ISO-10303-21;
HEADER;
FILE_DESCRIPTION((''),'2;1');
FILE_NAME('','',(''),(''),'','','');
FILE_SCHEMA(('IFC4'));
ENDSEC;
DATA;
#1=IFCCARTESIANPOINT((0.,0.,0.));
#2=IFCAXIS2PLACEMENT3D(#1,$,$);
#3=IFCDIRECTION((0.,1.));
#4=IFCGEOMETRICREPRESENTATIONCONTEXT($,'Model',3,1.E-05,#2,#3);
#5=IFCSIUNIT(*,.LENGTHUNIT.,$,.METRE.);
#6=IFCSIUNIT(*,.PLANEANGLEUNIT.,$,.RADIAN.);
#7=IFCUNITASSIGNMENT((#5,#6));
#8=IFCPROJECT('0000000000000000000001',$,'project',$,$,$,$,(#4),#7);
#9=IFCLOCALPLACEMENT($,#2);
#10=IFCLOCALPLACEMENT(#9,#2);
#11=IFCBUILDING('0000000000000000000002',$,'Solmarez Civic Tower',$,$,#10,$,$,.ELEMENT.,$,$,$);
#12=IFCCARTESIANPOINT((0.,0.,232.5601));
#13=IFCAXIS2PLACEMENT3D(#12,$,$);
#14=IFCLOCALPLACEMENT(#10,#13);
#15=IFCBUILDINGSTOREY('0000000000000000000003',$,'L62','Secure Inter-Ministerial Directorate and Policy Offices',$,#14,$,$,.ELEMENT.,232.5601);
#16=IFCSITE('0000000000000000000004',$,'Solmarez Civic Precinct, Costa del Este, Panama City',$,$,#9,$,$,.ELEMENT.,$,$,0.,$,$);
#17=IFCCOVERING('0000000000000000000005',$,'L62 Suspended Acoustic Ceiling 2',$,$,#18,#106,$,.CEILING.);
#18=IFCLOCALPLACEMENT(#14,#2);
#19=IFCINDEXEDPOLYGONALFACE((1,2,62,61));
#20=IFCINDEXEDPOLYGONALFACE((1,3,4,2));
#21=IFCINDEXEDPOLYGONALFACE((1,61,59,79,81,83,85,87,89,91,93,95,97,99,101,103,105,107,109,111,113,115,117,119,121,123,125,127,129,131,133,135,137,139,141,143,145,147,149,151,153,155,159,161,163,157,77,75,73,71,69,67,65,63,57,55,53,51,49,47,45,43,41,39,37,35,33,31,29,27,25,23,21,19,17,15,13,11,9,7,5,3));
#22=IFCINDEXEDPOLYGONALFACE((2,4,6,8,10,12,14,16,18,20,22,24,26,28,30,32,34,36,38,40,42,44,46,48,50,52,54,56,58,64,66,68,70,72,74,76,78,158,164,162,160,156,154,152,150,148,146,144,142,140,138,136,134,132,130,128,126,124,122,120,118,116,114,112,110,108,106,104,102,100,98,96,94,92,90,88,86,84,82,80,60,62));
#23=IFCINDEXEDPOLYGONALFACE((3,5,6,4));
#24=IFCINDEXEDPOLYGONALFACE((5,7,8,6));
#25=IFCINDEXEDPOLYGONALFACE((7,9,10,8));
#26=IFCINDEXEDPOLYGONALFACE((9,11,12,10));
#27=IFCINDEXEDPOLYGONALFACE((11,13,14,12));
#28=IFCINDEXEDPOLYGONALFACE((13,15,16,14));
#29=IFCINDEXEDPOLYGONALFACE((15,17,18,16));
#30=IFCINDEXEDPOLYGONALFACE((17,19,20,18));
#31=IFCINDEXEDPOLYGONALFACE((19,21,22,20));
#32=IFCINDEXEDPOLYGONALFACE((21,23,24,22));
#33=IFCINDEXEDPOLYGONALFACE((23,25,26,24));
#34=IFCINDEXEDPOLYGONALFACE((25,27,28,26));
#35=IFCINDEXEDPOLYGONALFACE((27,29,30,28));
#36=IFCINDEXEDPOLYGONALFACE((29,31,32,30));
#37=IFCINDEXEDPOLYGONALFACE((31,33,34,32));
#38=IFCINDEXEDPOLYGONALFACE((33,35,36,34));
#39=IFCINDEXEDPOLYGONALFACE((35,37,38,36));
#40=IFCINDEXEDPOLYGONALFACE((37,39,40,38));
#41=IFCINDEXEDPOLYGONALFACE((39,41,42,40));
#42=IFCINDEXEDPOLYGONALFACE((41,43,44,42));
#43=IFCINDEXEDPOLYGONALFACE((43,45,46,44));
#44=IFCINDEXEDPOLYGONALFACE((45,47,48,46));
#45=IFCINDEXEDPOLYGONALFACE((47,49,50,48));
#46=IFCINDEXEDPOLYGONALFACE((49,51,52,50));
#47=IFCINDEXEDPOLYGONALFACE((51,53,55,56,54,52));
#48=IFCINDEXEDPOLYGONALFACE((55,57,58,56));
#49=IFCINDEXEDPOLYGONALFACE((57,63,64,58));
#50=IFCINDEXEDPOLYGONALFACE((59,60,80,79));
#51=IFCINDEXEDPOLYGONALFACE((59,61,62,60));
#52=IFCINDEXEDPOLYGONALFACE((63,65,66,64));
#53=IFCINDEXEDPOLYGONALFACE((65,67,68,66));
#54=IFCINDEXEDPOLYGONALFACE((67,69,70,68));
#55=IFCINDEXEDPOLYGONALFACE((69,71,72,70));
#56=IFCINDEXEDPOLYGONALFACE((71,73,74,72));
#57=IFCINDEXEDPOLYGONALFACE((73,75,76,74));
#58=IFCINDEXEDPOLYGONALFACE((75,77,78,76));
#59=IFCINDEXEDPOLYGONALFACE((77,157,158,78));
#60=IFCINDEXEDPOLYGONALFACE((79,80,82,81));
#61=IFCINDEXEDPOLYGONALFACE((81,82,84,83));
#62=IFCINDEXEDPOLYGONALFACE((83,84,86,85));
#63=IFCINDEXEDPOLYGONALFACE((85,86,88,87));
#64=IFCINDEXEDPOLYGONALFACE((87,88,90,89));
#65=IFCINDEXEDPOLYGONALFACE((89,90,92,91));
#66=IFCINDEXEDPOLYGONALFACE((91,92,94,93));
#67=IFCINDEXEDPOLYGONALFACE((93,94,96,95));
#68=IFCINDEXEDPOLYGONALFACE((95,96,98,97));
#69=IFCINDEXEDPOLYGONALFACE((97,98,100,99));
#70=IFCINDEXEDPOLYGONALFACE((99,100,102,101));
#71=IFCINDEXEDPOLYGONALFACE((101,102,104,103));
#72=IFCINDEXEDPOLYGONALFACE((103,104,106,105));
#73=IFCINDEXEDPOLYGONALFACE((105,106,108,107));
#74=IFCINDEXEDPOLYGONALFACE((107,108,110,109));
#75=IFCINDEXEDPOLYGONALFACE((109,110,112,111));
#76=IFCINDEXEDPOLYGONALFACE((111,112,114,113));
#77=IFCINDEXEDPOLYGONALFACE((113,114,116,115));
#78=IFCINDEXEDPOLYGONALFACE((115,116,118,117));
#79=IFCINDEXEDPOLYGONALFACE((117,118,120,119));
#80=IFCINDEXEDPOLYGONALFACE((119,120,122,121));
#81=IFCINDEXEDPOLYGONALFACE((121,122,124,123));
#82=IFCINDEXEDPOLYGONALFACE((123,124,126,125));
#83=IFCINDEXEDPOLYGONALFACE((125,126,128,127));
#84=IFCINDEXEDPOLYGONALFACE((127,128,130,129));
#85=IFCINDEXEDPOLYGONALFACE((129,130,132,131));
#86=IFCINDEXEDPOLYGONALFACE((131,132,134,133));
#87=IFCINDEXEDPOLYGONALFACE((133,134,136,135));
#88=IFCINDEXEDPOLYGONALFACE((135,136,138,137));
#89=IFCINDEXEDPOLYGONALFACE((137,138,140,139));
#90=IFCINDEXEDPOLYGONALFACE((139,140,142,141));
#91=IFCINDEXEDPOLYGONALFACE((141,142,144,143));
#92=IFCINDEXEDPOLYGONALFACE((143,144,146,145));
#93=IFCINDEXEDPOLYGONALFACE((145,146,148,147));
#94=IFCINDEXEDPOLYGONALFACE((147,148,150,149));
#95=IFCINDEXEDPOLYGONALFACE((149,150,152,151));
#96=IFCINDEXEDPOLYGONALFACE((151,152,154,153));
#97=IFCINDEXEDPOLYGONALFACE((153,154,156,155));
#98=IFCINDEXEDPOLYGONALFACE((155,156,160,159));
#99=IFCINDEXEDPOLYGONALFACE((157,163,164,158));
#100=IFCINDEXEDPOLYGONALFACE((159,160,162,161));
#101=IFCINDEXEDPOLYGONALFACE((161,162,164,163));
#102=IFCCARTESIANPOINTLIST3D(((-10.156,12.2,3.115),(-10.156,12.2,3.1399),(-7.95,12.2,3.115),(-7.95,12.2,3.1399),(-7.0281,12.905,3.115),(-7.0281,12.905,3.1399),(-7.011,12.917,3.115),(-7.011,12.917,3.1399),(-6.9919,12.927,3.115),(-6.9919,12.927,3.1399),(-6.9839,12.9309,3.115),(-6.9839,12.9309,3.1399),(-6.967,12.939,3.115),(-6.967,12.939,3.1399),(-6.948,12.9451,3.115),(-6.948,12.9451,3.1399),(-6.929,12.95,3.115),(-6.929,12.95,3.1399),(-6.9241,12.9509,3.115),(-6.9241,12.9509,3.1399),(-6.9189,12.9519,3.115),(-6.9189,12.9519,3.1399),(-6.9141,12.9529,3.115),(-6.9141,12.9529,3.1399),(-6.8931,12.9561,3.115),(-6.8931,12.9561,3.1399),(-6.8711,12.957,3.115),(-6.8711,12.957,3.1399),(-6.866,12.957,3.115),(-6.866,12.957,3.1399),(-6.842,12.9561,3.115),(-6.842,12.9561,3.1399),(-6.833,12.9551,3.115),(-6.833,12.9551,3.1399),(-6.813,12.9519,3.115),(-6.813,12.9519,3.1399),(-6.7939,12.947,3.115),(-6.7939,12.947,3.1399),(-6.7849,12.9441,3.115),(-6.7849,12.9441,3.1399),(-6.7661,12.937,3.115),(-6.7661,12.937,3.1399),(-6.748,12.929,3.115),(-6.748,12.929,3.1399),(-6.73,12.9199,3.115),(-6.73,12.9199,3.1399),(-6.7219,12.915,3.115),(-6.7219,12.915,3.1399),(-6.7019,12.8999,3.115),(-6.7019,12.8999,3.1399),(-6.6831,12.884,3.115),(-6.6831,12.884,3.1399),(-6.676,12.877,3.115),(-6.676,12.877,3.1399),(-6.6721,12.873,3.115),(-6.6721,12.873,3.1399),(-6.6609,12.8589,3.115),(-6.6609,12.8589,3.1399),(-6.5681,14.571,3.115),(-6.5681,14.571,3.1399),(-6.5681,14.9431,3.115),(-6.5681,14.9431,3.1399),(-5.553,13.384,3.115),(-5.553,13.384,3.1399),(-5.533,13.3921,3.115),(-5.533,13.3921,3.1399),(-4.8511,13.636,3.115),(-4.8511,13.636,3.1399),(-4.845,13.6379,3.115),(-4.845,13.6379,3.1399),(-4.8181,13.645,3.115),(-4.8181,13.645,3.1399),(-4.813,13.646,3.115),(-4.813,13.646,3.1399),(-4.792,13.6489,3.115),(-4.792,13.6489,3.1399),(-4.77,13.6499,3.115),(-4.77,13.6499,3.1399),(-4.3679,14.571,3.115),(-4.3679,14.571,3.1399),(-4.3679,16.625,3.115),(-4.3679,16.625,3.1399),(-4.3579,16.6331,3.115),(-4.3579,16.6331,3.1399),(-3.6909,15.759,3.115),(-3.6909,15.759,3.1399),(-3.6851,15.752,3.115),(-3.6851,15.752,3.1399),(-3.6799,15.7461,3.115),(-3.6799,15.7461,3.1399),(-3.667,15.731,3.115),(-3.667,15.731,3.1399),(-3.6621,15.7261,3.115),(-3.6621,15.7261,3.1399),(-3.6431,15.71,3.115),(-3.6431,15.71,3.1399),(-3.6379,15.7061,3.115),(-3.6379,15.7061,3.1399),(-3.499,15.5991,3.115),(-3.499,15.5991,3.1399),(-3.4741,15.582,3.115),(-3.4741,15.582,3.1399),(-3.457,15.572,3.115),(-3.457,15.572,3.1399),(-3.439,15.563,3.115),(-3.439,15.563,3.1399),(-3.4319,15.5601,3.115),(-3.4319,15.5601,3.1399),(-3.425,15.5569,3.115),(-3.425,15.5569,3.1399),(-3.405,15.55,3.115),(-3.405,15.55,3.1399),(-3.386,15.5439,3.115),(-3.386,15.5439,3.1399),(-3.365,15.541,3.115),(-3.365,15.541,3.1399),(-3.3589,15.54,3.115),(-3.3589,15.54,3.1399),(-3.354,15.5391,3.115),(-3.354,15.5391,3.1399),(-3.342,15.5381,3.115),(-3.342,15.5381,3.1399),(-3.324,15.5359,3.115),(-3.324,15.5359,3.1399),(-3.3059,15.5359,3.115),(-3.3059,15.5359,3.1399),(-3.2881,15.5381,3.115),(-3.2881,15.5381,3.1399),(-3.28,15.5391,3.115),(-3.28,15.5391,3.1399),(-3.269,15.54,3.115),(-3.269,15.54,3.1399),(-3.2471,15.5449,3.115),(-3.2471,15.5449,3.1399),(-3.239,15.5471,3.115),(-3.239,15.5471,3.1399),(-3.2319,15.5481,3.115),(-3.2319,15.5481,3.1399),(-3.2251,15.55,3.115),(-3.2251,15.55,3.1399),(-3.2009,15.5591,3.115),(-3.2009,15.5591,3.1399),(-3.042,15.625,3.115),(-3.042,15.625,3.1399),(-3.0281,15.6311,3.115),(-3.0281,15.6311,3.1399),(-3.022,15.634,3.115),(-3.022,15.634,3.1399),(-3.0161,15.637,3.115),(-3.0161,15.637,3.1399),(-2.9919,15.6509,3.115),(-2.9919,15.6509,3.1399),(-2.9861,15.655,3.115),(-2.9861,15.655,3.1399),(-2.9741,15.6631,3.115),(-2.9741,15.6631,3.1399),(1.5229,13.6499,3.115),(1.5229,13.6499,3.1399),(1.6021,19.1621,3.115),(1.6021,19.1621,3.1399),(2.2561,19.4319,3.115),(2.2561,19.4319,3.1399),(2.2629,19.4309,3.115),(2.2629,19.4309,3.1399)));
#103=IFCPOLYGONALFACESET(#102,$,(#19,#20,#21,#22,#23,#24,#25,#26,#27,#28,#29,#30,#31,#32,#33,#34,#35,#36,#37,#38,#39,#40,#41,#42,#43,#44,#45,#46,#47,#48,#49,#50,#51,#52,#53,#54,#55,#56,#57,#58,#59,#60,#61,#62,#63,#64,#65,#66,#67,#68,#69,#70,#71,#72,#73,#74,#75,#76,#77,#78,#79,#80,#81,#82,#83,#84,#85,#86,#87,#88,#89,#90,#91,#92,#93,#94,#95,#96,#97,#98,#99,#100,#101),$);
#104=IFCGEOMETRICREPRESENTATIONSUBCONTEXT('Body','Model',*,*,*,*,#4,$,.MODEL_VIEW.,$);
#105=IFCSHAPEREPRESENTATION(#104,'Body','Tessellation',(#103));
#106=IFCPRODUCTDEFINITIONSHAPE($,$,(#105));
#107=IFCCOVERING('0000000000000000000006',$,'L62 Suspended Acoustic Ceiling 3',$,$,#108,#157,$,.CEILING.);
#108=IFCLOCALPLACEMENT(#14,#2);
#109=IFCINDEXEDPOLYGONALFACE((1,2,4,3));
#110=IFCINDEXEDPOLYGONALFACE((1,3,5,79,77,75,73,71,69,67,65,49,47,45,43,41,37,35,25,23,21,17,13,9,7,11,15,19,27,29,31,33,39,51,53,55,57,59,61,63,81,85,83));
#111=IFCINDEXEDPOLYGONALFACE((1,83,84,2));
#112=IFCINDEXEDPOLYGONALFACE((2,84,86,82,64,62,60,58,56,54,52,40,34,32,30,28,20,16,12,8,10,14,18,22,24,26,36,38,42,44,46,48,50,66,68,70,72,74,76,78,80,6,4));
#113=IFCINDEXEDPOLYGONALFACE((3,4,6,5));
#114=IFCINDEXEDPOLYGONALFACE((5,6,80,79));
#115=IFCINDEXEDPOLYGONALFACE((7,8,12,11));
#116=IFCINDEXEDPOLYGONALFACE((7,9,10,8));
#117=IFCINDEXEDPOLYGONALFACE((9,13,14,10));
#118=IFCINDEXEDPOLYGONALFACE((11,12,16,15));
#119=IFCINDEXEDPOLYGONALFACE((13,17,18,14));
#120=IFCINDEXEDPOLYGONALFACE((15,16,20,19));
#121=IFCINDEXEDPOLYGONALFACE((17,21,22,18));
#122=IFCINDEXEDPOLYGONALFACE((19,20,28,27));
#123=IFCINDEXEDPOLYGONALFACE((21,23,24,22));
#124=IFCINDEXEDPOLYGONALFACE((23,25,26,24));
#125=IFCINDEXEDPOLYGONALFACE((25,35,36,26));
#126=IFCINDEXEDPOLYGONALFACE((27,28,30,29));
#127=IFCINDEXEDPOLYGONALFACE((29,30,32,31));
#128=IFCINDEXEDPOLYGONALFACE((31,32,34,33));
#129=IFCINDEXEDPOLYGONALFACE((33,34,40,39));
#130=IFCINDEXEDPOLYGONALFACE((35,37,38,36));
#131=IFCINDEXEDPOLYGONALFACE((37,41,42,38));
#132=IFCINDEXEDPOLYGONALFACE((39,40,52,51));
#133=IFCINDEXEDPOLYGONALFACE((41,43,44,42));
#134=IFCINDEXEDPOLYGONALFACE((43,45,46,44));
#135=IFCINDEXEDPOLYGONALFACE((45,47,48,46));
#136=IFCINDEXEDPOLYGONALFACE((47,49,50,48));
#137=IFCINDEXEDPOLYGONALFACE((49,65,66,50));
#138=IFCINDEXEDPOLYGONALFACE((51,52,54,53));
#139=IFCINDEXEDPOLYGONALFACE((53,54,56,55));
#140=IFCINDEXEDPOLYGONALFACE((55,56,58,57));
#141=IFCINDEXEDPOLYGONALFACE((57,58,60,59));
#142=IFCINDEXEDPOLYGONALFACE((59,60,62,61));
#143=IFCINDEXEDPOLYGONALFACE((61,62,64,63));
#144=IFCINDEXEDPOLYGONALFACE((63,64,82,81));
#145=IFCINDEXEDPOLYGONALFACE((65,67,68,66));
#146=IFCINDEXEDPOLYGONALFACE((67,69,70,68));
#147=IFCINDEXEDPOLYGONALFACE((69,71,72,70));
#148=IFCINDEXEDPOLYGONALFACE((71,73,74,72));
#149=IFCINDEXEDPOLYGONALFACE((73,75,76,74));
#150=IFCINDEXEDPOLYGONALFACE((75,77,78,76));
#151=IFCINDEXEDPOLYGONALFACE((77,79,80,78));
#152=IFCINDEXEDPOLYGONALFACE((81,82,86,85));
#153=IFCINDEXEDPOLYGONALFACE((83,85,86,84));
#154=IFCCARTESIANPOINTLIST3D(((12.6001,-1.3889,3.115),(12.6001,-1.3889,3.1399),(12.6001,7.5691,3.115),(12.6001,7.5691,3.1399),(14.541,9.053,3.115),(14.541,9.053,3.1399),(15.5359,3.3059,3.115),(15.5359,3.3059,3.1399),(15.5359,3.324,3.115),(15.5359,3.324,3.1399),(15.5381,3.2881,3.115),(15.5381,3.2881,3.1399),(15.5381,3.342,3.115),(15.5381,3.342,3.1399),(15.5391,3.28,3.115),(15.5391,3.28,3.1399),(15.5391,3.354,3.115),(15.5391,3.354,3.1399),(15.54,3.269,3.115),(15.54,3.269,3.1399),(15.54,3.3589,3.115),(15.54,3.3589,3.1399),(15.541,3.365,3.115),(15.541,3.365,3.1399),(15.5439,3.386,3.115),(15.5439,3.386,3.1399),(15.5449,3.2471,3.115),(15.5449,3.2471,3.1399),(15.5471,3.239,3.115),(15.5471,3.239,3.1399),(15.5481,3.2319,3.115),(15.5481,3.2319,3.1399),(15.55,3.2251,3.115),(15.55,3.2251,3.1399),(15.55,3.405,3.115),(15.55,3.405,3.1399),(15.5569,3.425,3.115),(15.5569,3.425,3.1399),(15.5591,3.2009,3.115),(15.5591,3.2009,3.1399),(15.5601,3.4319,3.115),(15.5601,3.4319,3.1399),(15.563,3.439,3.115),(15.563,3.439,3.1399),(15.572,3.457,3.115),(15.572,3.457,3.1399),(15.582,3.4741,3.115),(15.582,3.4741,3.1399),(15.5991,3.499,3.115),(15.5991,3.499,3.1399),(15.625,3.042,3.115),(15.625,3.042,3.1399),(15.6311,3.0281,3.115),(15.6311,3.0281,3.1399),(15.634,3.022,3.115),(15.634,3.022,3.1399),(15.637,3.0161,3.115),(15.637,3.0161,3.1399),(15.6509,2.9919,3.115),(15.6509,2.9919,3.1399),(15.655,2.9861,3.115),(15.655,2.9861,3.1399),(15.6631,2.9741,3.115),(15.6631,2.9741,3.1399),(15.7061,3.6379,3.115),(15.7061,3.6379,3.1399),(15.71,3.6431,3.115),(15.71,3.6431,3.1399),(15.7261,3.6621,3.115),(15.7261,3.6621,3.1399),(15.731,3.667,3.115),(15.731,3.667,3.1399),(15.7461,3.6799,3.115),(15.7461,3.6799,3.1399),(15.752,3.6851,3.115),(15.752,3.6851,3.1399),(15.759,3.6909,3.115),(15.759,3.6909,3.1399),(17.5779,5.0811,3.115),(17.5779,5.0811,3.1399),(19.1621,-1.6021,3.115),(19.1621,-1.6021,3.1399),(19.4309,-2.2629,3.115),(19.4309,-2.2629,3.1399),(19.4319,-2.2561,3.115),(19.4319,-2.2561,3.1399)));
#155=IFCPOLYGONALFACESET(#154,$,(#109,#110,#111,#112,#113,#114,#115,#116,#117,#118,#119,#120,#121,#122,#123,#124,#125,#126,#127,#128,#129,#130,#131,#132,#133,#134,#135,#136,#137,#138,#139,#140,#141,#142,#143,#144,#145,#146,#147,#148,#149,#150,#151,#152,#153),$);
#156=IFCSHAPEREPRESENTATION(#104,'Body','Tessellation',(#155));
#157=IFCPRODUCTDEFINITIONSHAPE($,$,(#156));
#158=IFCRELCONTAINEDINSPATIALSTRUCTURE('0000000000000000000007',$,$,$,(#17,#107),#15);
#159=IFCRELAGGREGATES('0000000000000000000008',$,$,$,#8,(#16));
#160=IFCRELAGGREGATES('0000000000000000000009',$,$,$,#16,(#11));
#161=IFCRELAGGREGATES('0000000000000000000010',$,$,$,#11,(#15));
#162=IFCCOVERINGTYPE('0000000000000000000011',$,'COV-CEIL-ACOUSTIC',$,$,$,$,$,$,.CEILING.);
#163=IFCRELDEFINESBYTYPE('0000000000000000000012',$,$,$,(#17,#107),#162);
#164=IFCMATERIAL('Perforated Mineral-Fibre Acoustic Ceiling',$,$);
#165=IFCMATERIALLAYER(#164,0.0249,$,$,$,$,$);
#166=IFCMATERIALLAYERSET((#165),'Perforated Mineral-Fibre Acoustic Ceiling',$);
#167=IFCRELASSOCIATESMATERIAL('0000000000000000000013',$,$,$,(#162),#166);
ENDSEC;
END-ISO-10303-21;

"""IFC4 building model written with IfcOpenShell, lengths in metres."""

from ifc_helpers import new_model, si_unit, direction, frame, origin, place, context, subcontext, project, spatial, polyline, outline, extrude, material, layer, layer_set, type_object, element, save


model = new_model("IFC4")

# Units and contexts
model_context = context("Model", 3, precision=1e-05, world=origin(), true_north=direction((0.0, 1.0)))
body_context = subcontext(model_context, "Body", "Model", "MODEL_VIEW")
ifc_project = project(units=[si_unit("LENGTHUNIT", "METRE"), si_unit("PLANEANGLEUNIT", "RADIAN")], contexts=[model_context])

# Site, building, storey
site_placement = place(None, origin())
site = spatial("IfcSite", under=ifc_project, at=site_placement, Name="Solmarez Civic Precinct, Costa del Este, Panama City", CompositionType="ELEMENT", RefElevation=0.0)
building_placement = place(site_placement, origin())
building = spatial("IfcBuilding", under=site, at=building_placement, Name="Solmarez Civic Tower", CompositionType="ELEMENT")
storey_placement = place(building_placement, frame((0.0, 0.0, 232.5601)))
storey = spatial("IfcBuildingStorey", under=building, at=storey_placement, Name="L62", Description="Secure Inter-Ministerial Directorate and Policy Offices", CompositionType="ELEMENT", Elevation=232.5601)

# Coverings
ifc_material_1 = material(Name="Perforated Mineral-Fibre Acoustic Ceiling")
ifc_layer_1 = layer(ifc_material_1, 0.0249)
ifc_layer_set_1 = layer_set([ifc_layer_1], Name="Perforated Mineral-Fibre Acoustic Ceiling")
covering_type_1 = type_object("IfcCoveringType", Name="COV-CEIL-ACOUSTIC", PredefinedType="CEILING", material=ifc_layer_set_1)
covering_1_placement = place(storey_placement, frame((0.0, 0.0, 3.115)))
element("IfcCovering", 1, at=covering_1_placement, inside=storey, type_object=covering_type_1, Name="L62 Suspended Acoustic Ceiling 2", PredefinedType="CEILING", context=body_context, shape_type="SweptSolid", body=[
    extrude(outline(polyline([(-10.156, 12.2), (-7.95, 12.2), (-7.0281, 12.905), (-7.011, 12.917), (-6.9919, 12.927), (-6.9839, 12.9309), (-6.967, 12.939), (-6.948, 12.9451), (-6.929, 12.95), (-6.9241, 12.9509), (-6.9189, 12.9519), (-6.9141, 12.9529), (-6.8931, 12.9561), (-6.8711, 12.957), (-6.866, 12.957), (-6.842, 12.9561), (-6.833, 12.9551), (-6.813, 12.9519), (-6.7939, 12.947), (-6.7849, 12.9441), (-6.7661, 12.937), (-6.748, 12.929), (-6.73, 12.9199), (-6.7219, 12.915), (-6.7019, 12.8999), (-6.6831, 12.884), (-6.676, 12.877), (-6.6721, 12.873), (-6.6609, 12.8589), (-5.553, 13.384), (-5.533, 13.3921), (-4.8511, 13.636), (-4.845, 13.6379), (-4.8181, 13.645), (-4.813, 13.646), (-4.792, 13.6489), (-4.77, 13.6499), (1.5229, 13.6499), (2.2629, 19.4309), (2.2561, 19.4319), (1.6021, 19.1621), (-2.9741, 15.6631), (-2.9861, 15.655), (-2.9919, 15.6509), (-3.0161, 15.637), (-3.022, 15.634), (-3.0281, 15.6311), (-3.042, 15.625), (-3.2009, 15.5591), (-3.2251, 15.55), (-3.2319, 15.5481), (-3.239, 15.5471), (-3.2471, 15.5449), (-3.269, 15.54), (-3.28, 15.5391), (-3.2881, 15.5381), (-3.3059, 15.5359), (-3.324, 15.5359), (-3.342, 15.5381), (-3.354, 15.5391), (-3.3589, 15.54), (-3.365, 15.541), (-3.386, 15.5439), (-3.405, 15.55), (-3.425, 15.5569), (-3.4319, 15.5601), (-3.439, 15.563), (-3.457, 15.572), (-3.4741, 15.582), (-3.499, 15.5991), (-3.6379, 15.7061), (-3.6431, 15.71), (-3.6621, 15.7261), (-3.667, 15.731), (-3.6799, 15.7461), (-3.6851, 15.752), (-3.6909, 15.759), (-4.3579, 16.6331), (-4.3679, 16.625), (-4.3679, 14.571), (-6.5681, 14.571), (-6.5681, 14.9431), (-10.156, 12.2)])), origin(), (0.0, 0.0, 1.0), 0.0249),
])
covering_2_placement = place(storey_placement, frame((0.0, 0.0, 3.115)))
element("IfcCovering", 2, at=covering_2_placement, inside=storey, type_object=covering_type_1, Name="L62 Suspended Acoustic Ceiling 3", PredefinedType="CEILING", context=body_context, shape_type="SweptSolid", body=[
    extrude(outline(polyline([(12.6001, 7.5691), (12.6001, -1.3889), (19.4309, -2.2629), (19.4319, -2.2561), (19.1621, -1.6021), (15.6631, 2.9741), (15.655, 2.9861), (15.6509, 2.9919), (15.637, 3.0161), (15.634, 3.022), (15.6311, 3.0281), (15.625, 3.042), (15.5591, 3.2009), (15.55, 3.2251), (15.5481, 3.2319), (15.5471, 3.239), (15.5449, 3.2471), (15.54, 3.269), (15.5391, 3.28), (15.5381, 3.2881), (15.5359, 3.3059), (15.5359, 3.324), (15.5381, 3.342), (15.5391, 3.354), (15.54, 3.3589), (15.541, 3.365), (15.5439, 3.386), (15.55, 3.405), (15.5569, 3.425), (15.5601, 3.4319), (15.563, 3.439), (15.572, 3.457), (15.582, 3.4741), (15.5991, 3.499), (15.7061, 3.6379), (15.71, 3.6431), (15.7261, 3.6621), (15.731, 3.667), (15.7461, 3.6799), (15.752, 3.6851), (15.759, 3.6909), (17.5779, 5.0811), (14.541, 9.053), (12.6001, 7.5691)])), origin(), (0.0, 0.0, 1.0), 0.0249),
])

save(model, "model.ifc")
